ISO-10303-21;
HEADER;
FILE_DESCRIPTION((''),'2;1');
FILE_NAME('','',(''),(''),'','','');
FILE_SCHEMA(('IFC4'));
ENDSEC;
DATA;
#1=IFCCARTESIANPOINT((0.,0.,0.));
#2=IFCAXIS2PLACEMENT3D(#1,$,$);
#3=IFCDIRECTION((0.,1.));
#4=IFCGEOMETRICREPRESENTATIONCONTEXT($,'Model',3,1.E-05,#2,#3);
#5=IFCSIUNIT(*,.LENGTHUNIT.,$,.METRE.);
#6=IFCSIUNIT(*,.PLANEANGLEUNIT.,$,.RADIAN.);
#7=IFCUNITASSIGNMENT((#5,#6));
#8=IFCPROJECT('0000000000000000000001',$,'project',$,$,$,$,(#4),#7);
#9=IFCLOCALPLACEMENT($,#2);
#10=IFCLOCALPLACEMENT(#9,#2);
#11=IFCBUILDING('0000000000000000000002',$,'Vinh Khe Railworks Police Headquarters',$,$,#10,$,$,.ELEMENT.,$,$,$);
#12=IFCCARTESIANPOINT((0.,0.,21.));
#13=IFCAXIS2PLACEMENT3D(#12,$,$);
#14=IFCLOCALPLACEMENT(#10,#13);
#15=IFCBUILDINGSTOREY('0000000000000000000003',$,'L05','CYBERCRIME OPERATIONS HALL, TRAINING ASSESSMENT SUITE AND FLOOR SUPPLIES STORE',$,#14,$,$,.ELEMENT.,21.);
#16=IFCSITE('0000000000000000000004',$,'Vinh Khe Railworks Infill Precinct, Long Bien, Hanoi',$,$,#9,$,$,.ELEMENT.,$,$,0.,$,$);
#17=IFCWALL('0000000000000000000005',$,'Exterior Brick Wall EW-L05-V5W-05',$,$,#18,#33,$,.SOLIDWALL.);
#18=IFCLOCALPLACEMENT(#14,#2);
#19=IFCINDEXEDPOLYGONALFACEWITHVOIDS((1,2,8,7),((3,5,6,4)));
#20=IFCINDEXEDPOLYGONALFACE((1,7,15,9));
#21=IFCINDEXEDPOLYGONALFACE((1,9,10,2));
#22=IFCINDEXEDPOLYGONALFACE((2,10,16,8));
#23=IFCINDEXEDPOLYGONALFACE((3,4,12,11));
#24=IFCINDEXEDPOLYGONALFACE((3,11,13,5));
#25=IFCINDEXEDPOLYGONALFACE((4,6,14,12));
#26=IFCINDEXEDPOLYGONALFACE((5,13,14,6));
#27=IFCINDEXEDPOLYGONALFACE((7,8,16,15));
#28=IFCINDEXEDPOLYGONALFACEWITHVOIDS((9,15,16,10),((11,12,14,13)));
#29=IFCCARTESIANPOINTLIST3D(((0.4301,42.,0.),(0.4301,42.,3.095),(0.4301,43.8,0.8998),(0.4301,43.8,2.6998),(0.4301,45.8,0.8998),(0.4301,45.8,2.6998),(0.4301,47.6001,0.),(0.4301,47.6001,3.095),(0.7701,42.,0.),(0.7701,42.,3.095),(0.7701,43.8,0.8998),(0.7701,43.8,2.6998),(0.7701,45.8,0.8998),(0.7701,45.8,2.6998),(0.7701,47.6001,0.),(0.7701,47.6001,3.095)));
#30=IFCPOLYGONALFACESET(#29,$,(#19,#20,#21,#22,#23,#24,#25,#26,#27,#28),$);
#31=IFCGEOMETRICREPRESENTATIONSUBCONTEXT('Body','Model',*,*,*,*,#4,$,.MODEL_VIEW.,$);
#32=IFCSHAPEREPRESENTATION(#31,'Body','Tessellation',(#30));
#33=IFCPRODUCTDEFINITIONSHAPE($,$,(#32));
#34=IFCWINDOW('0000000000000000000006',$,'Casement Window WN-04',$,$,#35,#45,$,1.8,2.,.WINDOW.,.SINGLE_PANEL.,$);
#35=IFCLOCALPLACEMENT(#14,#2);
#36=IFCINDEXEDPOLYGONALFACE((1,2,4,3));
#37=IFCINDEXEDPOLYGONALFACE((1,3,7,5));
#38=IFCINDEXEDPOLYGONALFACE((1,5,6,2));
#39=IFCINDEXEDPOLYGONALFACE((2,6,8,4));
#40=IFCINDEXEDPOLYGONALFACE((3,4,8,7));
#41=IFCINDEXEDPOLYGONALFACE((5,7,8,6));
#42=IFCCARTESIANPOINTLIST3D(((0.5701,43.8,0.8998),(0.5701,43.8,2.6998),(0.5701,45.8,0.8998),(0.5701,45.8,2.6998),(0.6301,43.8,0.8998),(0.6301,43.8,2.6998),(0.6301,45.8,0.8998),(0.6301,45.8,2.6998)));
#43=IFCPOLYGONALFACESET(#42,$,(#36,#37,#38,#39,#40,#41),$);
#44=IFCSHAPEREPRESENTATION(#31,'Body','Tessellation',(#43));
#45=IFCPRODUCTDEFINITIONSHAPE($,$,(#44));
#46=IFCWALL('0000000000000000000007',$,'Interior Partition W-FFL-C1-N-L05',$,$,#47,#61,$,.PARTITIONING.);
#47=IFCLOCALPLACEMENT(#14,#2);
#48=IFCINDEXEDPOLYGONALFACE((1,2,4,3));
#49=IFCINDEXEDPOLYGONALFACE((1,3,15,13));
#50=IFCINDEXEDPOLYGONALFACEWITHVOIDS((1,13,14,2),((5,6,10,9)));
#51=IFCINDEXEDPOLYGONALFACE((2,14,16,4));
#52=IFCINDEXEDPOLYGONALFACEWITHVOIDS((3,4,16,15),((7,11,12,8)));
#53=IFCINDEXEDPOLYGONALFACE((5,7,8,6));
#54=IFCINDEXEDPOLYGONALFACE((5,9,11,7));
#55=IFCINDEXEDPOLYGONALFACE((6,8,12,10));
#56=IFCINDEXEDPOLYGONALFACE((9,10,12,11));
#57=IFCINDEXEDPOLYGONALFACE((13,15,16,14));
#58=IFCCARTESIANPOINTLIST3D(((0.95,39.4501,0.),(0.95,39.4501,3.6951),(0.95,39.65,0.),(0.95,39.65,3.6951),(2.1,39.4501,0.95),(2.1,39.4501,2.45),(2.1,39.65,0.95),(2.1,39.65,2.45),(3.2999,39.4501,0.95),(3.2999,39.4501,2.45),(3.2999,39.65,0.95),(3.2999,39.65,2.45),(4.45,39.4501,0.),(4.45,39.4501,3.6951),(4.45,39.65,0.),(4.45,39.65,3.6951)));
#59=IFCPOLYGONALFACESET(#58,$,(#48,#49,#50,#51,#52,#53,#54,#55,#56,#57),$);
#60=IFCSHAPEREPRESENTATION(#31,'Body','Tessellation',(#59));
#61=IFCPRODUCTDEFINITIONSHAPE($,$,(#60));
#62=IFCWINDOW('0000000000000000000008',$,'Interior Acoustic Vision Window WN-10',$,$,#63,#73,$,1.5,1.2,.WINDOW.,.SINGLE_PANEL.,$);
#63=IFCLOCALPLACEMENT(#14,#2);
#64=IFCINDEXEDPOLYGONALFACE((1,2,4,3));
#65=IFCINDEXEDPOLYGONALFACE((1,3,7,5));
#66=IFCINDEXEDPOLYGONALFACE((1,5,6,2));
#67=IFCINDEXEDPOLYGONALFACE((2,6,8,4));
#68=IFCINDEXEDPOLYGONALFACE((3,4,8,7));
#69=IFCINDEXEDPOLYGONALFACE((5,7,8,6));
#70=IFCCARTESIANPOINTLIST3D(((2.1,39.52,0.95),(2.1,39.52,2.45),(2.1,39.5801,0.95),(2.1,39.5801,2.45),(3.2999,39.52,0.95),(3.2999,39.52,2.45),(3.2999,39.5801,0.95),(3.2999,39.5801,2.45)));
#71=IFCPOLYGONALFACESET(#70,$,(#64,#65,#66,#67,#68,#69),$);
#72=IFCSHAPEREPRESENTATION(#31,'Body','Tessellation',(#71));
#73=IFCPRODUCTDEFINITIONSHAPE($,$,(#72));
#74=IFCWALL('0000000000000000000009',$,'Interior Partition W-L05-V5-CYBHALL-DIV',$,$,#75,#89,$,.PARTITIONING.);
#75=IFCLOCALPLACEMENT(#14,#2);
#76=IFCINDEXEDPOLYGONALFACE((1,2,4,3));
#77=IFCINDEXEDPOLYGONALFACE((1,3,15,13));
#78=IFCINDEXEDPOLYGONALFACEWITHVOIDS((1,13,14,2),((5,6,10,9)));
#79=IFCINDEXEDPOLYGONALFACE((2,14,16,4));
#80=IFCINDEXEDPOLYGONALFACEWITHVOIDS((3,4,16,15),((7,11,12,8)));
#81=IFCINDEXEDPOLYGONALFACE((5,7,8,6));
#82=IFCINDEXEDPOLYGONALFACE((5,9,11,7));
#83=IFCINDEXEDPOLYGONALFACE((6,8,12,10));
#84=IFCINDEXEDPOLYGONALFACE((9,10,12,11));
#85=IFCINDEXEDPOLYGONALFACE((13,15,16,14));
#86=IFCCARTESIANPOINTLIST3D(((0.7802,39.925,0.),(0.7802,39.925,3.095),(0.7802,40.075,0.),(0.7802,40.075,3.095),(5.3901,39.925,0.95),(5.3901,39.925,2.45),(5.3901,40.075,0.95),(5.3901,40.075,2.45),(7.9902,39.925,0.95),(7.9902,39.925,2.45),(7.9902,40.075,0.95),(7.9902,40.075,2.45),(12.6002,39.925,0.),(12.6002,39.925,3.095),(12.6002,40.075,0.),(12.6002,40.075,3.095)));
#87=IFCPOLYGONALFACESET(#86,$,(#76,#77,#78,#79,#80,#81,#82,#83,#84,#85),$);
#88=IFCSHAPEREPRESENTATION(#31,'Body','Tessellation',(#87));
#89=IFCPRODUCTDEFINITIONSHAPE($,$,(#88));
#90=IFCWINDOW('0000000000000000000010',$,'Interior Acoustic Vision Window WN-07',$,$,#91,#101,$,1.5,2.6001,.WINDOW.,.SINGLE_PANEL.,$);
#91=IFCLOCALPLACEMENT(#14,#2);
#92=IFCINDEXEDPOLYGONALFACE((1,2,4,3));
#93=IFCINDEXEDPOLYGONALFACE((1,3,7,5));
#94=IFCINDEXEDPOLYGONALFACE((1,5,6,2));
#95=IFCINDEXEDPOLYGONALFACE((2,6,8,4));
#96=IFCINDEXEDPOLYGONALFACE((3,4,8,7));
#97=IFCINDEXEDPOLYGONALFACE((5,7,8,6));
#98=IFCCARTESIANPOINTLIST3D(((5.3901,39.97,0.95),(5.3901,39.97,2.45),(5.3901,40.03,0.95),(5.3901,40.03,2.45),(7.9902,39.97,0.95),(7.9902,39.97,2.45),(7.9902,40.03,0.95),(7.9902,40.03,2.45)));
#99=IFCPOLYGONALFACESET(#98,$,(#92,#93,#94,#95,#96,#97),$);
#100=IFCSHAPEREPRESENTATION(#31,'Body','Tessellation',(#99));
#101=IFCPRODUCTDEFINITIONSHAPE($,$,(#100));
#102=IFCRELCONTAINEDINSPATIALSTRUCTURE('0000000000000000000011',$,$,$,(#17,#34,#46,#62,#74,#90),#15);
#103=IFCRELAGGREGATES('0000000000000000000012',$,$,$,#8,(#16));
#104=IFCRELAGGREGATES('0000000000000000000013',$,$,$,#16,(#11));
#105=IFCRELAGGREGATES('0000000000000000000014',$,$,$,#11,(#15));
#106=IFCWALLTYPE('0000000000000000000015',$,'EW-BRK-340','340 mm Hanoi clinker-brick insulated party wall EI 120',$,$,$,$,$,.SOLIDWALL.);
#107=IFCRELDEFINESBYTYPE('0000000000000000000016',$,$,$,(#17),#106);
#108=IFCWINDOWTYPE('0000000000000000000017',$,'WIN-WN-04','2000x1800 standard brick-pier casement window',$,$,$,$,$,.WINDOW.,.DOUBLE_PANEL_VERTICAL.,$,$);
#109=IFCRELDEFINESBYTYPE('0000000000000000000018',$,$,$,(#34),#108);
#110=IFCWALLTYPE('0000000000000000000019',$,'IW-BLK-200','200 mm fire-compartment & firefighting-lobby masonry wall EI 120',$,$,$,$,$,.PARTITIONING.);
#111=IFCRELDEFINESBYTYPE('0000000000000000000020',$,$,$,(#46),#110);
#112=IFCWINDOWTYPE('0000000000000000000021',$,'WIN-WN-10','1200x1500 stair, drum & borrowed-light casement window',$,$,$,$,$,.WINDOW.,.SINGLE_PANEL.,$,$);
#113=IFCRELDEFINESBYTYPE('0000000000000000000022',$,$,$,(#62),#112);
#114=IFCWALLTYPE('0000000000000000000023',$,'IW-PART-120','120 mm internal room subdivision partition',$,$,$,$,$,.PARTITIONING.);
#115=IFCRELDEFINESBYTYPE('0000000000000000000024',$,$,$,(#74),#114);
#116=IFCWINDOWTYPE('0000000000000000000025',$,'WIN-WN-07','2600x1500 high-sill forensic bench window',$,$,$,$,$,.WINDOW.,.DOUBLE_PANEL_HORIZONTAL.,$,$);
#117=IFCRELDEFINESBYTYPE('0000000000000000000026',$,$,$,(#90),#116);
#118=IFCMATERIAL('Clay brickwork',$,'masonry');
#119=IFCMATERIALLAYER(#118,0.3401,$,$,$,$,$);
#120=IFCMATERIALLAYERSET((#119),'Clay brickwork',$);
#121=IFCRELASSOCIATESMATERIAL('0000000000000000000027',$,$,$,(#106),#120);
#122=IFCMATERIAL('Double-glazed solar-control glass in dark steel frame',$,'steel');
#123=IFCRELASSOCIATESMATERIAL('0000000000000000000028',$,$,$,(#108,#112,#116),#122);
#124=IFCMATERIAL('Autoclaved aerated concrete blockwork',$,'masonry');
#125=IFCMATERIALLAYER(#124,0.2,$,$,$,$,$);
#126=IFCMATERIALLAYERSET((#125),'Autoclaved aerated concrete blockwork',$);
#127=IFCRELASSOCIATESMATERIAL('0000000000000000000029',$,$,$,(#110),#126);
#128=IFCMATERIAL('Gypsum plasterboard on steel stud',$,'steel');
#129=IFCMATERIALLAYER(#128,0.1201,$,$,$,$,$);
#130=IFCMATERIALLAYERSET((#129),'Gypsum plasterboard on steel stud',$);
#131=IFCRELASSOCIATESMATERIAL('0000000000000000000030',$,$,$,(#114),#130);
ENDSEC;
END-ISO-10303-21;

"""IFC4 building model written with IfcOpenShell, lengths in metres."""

from ifc_helpers import new_model, si_unit, direction, frame, frame_2d, origin, place, context, subcontext, project, spatial, rectangle, extrude, material, layer, layer_set, type_object, element, fill, save


model = new_model("IFC4")

# Units and contexts
model_context = context("Model", 3, precision=1e-05, world=origin(), true_north=direction((0.0, 1.0)))
body_context = subcontext(model_context, "Body", "Model", "MODEL_VIEW")
ifc_project = project(units=[si_unit("LENGTHUNIT", "METRE"), si_unit("PLANEANGLEUNIT", "RADIAN")], contexts=[model_context])

# Site, building, storey
site_placement = place(None, origin())
site = spatial("IfcSite", under=ifc_project, at=site_placement, Name="Vinh Khe Railworks Infill Precinct, Long Bien, Hanoi", CompositionType="ELEMENT", RefElevation=0.0)
building_placement = place(site_placement, origin())
building = spatial("IfcBuilding", under=site, at=building_placement, Name="Vinh Khe Railworks Police Headquarters", CompositionType="ELEMENT")
storey_placement = place(building_placement, frame((0.0, 0.0, 21.0)))
storey = spatial("IfcBuildingStorey", under=building, at=storey_placement, Name="L05", Description="CYBERCRIME OPERATIONS HALL, TRAINING ASSESSMENT SUITE AND FLOOR SUPPLIES STORE", CompositionType="ELEMENT", Elevation=21.0)

# Walls, openings, windows
ifc_material_1 = material(Name="Clay brickwork", Category="masonry")
ifc_layer_1 = layer(ifc_material_1, 0.3401)
ifc_layer_set_1 = layer_set([ifc_layer_1], Name="Clay brickwork")
wall_type_1 = type_object("IfcWallType", Name="EW-BRK-340", Description="340 mm Hanoi clinker-brick insulated party wall EI 120", PredefinedType="SOLIDWALL", material=ifc_layer_set_1)
ifc_material_2 = material(Name="Double-glazed solar-control glass in dark steel frame", Category="steel")
window_type_1 = type_object("IfcWindowType", Name="WIN-WN-04", Description="2000x1800 standard brick-pier casement window", PartitioningType="DOUBLE_PANEL_VERTICAL", PredefinedType="WINDOW", material=ifc_material_2)
wall_1_placement = place(storey_placement, frame((0.6001, 42.0, 0.0), z_axis=(0.0, 0.0, 1.0), x_axis=(0.0, 1.0, 0.0)))
wall_1 = element("IfcWall", 1, at=wall_1_placement, inside=storey, type_object=wall_type_1, Name="Exterior Brick Wall EW-L05-V5W-05", PredefinedType="SOLIDWALL", context=body_context, shape_type="SweptSolid", body=[
    extrude(rectangle(XDim=5.6001, YDim=0.3401, at=frame_2d((2.8, 0.0))), origin(), (0.0, 0.0, 1.0), 3.095),
])
opening_1_placement = place(wall_1_placement, frame((1.8, 0.0, 0.8999)))
opening_1 = element("IfcOpeningElement", 2, at=opening_1_placement, cuts=wall_1, PredefinedType="OPENING", context=body_context, shape_type="SweptSolid", body=[
    extrude(rectangle(XDim=2.0, YDim=1.8, at=frame_2d((1.0, 0.8999))), frame((0.0, 0.1851, 0.0), z_axis=(0.0, -1.0, 0.0), x_axis=(1.0, 0.0, 0.0)), (0.0, 0.0, 1.0), 0.3699),
])
window_1_placement = place(opening_1_placement, origin())
window_1 = element("IfcWindow", 3, at=window_1_placement, inside=storey, type_object=window_type_1, Name="Casement Window WN-04", OverallHeight=1.8, OverallWidth=2.0, PartitioningType="SINGLE_PANEL", PredefinedType="WINDOW", context=body_context, shape_type="SweptSolid", body=[
    extrude(rectangle(XDim=2.0, YDim=1.8, at=frame_2d((1.0, 0.8999))), frame((0.0, 0.03, 0.0), z_axis=(0.0, -1.0, 0.0), x_axis=(1.0, 0.0, 0.0)), (0.0, 0.0, 1.0), 0.0601),
])
fill(opening_1, window_1)
ifc_material_3 = material(Name="Autoclaved aerated concrete blockwork", Category="masonry")
ifc_layer_2 = layer(ifc_material_3, 0.2)
ifc_layer_set_2 = layer_set([ifc_layer_2], Name="Autoclaved aerated concrete blockwork")
wall_type_2 = type_object("IfcWallType", Name="IW-BLK-200", Description="200 mm fire-compartment & firefighting-lobby masonry wall EI 120", PredefinedType="PARTITIONING", material=ifc_layer_set_2)
wall_2_placement = place(storey_placement, frame((0.95, 39.55, 0.0), z_axis=(0.0, 0.0, 1.0), x_axis=(1.0, 0.0, 0.0)))
wall_2 = element("IfcWall", 4, at=wall_2_placement, inside=storey, type_object=wall_type_2, Name="Interior Partition W-FFL-C1-N-L05", PredefinedType="PARTITIONING", context=body_context, shape_type="SweptSolid", body=[
    extrude(rectangle(XDim=3.5, YDim=0.2, at=frame_2d((1.75, 0.0))), origin(), (0.0, 0.0, 1.0), 3.6951),
])
opening_2_placement = place(wall_2_placement, frame((1.1499, 0.0, 0.95)))
opening_2 = element("IfcOpeningElement", 5, at=opening_2_placement, cuts=wall_2, PredefinedType="OPENING", context=body_context, shape_type="SweptSolid", body=[
    extrude(rectangle(XDim=1.2, YDim=1.5, at=frame_2d((0.6001, 0.75))), frame((0.0, 0.1147, 0.0), z_axis=(0.0, -1.0, 0.0), x_axis=(1.0, 0.0, 0.0)), (0.0, 0.0, 1.0), 0.2297),
])
window_type_2 = type_object("IfcWindowType", Name="WIN-WN-10", Description="1200x1500 stair, drum & borrowed-light casement window", PartitioningType="SINGLE_PANEL", PredefinedType="WINDOW", material=ifc_material_2)
window_2_placement = place(opening_2_placement, origin())
window_2 = element("IfcWindow", 6, at=window_2_placement, inside=storey, type_object=window_type_2, Name="Interior Acoustic Vision Window WN-10", OverallHeight=1.5, OverallWidth=1.2, PartitioningType="SINGLE_PANEL", PredefinedType="WINDOW", context=body_context, shape_type="SweptSolid", body=[
    extrude(rectangle(XDim=1.2, YDim=1.5, at=frame_2d((0.6001, 0.75))), frame((0.0, 0.03, 0.0), z_axis=(0.0, -1.0, 0.0), x_axis=(1.0, 0.0, 0.0)), (0.0, 0.0, 1.0), 0.0601),
])
fill(opening_2, window_2)

# Wall, opening, window
ifc_material_4 = material(Name="Gypsum plasterboard on steel stud", Category="steel")
ifc_layer_3 = layer(ifc_material_4, 0.1201)
ifc_layer_set_3 = layer_set([ifc_layer_3], Name="Gypsum plasterboard on steel stud")
wall_type_3 = type_object("IfcWallType", Name="IW-PART-120", Description="120 mm internal room subdivision partition", PredefinedType="PARTITIONING", material=ifc_layer_set_3)
wall_3_placement = place(storey_placement, frame((0.78, 40.0, 0.0), z_axis=(0.0, 0.0, 1.0), x_axis=(1.0, 0.0, 0.0)))
wall_3 = element("IfcWall", 7, at=wall_3_placement, inside=storey, type_object=wall_type_3, Name="Interior Partition W-L05-V5-CYBHALL-DIV", PredefinedType="PARTITIONING", context=body_context, shape_type="SweptSolid", body=[
    extrude(rectangle(XDim=11.8201, YDim=0.1499, at=frame_2d((5.9102, 0.0))), origin(), (0.0, 0.0, 1.0), 3.095),
])
opening_3_placement = place(wall_3_placement, frame((4.6101, 0.0, 0.95)))
opening_3 = element("IfcOpeningElement", 8, at=opening_3_placement, cuts=wall_3, PredefinedType="OPENING", context=body_context, shape_type="SweptSolid", body=[
    extrude(rectangle(XDim=2.6001, YDim=1.5, at=frame_2d((1.3, 0.75))), frame((0.0, 0.0898, 0.0), z_axis=(0.0, -1.0, 0.0), x_axis=(1.0, 0.0, 0.0)), (0.0, 0.0, 1.0), 0.1797),
])
window_type_3 = type_object("IfcWindowType", Name="WIN-WN-07", Description="2600x1500 high-sill forensic bench window", PartitioningType="DOUBLE_PANEL_HORIZONTAL", PredefinedType="WINDOW", material=ifc_material_2)
window_3_placement = place(opening_3_placement, origin())
window_3 = element("IfcWindow", 9, at=window_3_placement, inside=storey, type_object=window_type_3, Name="Interior Acoustic Vision Window WN-07", OverallHeight=1.5, OverallWidth=2.6001, PartitioningType="SINGLE_PANEL", PredefinedType="WINDOW", context=body_context, shape_type="SweptSolid", body=[
    extrude(rectangle(XDim=2.6001, YDim=1.5, at=frame_2d((1.3, 0.75))), frame((0.0, 0.03, 0.0), z_axis=(0.0, -1.0, 0.0), x_axis=(1.0, 0.0, 0.0)), (0.0, 0.0, 1.0), 0.0601),
])
fill(opening_3, window_3)

save(model, "model.ifc")
